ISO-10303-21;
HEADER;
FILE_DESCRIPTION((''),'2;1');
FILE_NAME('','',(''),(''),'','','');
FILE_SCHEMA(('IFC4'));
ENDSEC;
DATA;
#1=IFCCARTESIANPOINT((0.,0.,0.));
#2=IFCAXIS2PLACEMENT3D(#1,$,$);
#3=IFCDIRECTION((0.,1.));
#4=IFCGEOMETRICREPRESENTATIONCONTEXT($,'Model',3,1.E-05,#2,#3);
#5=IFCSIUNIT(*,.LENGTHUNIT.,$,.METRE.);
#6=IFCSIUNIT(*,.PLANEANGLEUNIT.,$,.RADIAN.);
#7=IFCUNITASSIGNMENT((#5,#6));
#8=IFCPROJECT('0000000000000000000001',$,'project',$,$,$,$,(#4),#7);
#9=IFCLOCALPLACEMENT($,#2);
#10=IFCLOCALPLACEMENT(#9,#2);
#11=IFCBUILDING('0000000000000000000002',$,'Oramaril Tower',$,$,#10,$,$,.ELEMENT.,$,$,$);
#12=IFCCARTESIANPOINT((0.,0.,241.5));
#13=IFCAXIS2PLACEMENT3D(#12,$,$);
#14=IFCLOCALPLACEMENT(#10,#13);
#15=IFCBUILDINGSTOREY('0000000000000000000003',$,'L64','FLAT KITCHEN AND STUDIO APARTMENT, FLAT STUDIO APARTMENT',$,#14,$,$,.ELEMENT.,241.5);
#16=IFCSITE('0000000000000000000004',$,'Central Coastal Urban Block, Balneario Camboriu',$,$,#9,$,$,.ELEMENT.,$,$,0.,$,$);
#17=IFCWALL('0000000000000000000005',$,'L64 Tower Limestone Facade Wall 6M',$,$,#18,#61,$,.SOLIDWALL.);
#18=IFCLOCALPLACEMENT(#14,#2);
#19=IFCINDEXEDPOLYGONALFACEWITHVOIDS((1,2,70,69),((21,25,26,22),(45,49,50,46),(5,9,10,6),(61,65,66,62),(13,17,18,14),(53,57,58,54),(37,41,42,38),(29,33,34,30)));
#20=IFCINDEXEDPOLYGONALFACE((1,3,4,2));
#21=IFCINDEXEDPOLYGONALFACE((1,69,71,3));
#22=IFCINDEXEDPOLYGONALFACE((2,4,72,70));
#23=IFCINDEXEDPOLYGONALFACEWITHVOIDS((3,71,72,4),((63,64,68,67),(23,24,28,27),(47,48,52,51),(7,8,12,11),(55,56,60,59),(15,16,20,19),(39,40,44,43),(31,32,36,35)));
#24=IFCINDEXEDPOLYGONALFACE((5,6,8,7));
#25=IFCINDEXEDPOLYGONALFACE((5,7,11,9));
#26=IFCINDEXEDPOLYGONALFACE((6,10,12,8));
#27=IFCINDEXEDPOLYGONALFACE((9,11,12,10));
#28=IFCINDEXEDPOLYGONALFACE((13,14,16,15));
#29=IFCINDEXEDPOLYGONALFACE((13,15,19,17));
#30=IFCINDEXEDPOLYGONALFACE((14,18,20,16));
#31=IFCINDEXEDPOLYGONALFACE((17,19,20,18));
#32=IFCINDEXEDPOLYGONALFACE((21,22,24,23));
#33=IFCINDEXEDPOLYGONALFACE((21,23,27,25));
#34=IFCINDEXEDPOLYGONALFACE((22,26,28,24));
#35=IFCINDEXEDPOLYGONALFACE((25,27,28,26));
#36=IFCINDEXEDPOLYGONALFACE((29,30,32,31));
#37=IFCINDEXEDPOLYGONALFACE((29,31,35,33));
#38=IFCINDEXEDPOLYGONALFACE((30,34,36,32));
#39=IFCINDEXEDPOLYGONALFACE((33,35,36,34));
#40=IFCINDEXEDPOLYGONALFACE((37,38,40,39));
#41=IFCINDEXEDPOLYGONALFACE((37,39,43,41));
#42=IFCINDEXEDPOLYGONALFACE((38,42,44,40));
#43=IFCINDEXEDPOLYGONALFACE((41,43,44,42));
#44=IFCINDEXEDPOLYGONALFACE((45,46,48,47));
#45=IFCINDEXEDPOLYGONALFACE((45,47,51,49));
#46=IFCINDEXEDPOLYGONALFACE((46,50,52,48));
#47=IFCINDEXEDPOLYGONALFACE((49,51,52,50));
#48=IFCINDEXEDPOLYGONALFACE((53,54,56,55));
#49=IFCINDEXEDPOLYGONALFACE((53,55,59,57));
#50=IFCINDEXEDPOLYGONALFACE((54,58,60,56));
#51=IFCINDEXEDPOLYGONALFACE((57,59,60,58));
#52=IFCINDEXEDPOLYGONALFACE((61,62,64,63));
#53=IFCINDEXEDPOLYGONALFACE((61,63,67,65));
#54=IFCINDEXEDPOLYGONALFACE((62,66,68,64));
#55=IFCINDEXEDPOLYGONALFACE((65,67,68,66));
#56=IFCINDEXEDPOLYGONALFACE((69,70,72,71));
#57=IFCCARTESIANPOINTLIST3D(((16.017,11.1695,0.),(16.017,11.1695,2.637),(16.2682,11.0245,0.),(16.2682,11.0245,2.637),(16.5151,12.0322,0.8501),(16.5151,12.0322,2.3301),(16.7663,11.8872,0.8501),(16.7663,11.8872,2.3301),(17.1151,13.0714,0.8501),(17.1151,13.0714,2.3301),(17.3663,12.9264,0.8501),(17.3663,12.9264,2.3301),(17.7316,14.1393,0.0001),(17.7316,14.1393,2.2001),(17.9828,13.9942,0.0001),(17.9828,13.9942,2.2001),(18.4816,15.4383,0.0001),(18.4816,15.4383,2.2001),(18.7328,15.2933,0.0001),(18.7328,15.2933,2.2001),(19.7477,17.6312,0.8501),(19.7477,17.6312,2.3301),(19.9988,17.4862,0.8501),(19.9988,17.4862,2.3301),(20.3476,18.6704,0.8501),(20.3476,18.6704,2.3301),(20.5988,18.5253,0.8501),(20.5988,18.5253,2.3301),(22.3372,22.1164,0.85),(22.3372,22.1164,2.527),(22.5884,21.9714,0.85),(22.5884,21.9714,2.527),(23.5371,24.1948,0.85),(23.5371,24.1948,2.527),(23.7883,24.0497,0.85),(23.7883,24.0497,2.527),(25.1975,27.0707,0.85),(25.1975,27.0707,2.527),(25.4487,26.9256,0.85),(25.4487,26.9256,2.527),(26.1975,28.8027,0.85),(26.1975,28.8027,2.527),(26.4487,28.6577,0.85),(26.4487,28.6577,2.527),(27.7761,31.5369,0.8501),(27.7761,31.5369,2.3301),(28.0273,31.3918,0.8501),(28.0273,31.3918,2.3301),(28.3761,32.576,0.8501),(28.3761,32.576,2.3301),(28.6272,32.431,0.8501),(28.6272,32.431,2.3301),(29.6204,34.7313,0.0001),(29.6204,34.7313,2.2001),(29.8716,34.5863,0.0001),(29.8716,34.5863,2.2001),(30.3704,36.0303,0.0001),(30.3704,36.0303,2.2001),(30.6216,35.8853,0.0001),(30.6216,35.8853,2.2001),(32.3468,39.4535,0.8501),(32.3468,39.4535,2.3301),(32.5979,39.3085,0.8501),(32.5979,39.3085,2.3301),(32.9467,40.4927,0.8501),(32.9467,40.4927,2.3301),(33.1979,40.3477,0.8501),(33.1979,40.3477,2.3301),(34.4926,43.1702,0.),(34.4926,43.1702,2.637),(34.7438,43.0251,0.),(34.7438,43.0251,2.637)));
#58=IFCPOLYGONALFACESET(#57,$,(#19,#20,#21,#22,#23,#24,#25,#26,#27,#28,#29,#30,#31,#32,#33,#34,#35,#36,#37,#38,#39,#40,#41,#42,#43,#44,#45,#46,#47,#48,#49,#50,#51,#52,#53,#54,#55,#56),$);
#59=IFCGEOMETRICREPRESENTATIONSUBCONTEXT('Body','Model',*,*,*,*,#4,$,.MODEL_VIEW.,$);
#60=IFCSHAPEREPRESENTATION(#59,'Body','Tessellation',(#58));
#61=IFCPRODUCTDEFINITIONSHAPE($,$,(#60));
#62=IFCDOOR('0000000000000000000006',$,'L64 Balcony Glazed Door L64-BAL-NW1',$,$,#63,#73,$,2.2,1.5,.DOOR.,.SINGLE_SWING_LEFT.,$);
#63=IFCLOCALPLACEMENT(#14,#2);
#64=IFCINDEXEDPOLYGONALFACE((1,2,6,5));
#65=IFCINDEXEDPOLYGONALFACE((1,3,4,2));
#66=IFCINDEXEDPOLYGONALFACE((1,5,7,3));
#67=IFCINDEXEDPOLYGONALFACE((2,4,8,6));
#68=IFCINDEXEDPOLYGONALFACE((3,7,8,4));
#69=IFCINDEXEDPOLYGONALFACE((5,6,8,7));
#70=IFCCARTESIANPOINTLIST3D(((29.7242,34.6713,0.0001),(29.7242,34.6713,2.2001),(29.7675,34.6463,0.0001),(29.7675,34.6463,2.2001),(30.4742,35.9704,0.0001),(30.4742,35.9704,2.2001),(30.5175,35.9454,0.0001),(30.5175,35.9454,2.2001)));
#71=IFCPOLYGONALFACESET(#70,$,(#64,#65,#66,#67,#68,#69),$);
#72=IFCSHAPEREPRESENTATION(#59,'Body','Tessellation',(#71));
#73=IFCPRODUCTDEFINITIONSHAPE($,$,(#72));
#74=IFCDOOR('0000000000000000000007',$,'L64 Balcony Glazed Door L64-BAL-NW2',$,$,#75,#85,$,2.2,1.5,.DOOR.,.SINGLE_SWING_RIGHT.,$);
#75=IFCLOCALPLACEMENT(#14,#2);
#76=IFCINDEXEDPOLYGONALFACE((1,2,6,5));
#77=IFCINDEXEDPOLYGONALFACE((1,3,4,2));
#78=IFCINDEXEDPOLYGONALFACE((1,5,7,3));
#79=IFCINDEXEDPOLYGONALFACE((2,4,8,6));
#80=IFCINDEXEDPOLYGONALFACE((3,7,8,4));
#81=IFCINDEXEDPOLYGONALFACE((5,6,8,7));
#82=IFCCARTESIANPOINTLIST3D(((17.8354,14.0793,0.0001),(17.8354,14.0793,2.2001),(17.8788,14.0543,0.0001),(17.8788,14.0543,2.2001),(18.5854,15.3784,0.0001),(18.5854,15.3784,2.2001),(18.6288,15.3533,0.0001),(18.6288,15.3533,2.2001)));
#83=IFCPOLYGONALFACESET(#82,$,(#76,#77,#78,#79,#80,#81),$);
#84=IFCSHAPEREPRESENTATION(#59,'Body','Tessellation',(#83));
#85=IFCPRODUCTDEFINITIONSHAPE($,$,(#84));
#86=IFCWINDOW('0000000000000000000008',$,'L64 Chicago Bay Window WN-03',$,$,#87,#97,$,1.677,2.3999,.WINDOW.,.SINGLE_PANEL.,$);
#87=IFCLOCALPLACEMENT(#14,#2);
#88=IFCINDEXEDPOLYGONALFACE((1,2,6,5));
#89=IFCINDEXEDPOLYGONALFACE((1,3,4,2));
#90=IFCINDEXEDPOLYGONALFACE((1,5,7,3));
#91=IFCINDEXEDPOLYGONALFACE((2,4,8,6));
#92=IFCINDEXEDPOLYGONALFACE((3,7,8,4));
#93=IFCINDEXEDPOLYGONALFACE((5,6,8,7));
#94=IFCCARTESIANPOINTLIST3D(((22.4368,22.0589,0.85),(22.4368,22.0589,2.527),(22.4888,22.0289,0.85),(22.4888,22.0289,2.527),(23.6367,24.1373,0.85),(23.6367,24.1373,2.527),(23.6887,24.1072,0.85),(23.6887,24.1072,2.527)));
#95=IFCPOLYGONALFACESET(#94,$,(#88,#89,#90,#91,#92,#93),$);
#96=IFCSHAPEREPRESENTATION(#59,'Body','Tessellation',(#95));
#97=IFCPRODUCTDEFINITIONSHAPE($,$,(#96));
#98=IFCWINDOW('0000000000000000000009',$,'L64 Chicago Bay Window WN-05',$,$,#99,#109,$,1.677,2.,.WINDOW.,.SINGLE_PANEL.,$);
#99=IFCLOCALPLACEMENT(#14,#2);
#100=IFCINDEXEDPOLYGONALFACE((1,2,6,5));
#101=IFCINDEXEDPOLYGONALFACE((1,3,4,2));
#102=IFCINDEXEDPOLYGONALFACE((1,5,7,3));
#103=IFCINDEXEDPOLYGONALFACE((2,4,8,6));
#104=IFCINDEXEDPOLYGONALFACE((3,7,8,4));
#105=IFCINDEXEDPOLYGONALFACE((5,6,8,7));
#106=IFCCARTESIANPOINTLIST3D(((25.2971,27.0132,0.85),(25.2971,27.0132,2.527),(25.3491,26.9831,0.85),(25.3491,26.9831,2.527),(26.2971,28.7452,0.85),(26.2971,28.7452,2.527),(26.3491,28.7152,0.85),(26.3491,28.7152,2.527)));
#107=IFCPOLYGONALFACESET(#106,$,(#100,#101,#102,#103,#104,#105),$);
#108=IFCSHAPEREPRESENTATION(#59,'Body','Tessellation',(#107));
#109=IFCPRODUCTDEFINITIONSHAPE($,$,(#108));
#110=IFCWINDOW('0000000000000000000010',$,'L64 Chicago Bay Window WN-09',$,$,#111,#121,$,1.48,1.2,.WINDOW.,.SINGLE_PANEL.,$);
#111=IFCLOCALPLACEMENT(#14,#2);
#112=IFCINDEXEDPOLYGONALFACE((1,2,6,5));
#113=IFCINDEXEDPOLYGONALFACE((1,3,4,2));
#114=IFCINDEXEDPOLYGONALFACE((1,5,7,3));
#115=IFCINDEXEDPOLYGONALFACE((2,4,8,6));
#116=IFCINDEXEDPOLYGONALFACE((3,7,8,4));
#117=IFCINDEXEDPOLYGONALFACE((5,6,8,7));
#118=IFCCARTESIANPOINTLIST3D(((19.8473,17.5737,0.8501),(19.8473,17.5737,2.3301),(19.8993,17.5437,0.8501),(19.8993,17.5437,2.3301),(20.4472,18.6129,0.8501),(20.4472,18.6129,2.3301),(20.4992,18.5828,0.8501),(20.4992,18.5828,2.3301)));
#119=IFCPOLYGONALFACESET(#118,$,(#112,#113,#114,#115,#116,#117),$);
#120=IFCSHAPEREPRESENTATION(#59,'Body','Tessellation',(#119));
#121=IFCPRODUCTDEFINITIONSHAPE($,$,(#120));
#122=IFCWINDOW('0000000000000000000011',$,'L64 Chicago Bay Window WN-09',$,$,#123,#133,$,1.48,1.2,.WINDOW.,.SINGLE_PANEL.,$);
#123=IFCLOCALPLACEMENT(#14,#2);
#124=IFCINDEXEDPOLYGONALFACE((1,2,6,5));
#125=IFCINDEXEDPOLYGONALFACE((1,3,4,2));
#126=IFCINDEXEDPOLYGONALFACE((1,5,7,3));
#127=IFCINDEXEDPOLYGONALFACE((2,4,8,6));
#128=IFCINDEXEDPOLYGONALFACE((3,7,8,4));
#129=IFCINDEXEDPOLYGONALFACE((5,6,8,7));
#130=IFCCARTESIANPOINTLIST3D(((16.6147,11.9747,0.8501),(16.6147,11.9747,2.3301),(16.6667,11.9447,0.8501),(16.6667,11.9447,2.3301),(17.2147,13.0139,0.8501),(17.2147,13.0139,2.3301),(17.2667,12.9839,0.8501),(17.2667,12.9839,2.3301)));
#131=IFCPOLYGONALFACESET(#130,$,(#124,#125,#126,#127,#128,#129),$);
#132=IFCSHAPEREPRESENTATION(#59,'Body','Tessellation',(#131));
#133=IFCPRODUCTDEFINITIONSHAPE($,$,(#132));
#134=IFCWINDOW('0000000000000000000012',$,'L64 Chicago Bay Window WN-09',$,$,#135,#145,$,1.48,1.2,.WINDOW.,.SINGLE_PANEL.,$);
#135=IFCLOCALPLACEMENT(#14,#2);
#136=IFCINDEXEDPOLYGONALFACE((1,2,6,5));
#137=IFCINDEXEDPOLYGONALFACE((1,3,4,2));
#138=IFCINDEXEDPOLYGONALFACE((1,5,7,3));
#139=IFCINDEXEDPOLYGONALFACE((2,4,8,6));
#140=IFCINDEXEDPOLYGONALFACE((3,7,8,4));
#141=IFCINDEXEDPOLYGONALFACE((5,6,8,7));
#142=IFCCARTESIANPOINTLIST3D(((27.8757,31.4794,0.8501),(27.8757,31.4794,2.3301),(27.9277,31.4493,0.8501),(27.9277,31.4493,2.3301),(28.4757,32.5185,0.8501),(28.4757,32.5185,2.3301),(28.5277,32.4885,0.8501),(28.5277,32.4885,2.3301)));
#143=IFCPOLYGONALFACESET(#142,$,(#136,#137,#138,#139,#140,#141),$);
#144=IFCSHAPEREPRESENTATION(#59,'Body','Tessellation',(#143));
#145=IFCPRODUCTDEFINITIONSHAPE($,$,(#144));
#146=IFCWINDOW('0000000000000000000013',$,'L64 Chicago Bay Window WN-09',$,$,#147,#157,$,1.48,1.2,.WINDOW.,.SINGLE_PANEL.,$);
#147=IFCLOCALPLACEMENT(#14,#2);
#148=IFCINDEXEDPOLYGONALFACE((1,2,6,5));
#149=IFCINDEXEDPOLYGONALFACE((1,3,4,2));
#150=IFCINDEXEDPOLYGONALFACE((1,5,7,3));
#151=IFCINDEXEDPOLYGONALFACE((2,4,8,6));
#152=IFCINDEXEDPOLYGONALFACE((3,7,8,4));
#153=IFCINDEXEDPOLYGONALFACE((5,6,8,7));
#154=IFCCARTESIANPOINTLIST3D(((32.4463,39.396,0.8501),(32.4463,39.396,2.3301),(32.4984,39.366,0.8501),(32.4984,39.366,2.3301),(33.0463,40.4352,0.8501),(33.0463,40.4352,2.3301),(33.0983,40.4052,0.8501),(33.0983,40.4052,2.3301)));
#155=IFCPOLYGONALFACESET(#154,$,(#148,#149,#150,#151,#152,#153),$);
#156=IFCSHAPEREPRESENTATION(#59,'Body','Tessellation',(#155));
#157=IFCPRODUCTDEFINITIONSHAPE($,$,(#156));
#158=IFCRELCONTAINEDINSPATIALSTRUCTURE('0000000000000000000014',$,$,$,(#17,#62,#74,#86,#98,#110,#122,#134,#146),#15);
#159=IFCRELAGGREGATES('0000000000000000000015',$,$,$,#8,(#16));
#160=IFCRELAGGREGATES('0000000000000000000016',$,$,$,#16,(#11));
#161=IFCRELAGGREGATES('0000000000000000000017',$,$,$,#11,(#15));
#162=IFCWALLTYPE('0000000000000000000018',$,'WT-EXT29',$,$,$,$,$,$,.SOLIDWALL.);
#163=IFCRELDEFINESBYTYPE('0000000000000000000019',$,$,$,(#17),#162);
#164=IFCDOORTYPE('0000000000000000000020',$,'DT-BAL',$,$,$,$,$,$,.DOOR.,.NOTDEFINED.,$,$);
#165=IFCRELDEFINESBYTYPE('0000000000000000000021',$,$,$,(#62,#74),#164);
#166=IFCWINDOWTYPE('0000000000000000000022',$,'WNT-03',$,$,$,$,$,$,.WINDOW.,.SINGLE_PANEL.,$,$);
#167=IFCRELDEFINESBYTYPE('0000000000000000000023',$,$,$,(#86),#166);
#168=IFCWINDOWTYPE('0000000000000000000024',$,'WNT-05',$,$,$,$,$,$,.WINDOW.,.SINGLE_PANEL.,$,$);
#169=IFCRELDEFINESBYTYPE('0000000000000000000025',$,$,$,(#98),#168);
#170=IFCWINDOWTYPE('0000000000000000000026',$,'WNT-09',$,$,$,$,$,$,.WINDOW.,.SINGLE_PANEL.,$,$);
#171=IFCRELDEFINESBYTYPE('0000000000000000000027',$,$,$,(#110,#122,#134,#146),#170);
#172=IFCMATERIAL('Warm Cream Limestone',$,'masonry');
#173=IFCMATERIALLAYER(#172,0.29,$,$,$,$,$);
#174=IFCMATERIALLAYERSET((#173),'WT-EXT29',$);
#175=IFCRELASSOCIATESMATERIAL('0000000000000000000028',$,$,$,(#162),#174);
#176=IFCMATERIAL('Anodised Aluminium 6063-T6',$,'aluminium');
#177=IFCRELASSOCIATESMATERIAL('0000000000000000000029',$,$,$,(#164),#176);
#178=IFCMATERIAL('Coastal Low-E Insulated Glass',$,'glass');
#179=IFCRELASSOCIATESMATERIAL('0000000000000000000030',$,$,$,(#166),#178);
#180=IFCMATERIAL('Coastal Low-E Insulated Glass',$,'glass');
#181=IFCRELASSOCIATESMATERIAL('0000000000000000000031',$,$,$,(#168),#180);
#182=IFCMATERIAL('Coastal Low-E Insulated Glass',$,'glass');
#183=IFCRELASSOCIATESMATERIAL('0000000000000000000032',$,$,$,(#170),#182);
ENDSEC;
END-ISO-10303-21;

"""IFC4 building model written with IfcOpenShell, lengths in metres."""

from ifc_helpers import new_model, si_unit, direction, frame, frame_2d, origin, place, context, subcontext, project, spatial, rectangle, extrude, material, layer, layer_set, type_object, element, fill, save


model = new_model("IFC4")

# Units and contexts
model_context = context("Model", 3, precision=1e-05, world=origin(), true_north=direction((0.0, 1.0)))
body_context = subcontext(model_context, "Body", "Model", "MODEL_VIEW")
ifc_project = project(units=[si_unit("LENGTHUNIT", "METRE"), si_unit("PLANEANGLEUNIT", "RADIAN")], contexts=[model_context])

# Site, building, storey
site_placement = place(None, origin())
site = spatial("IfcSite", under=ifc_project, at=site_placement, Name="Central Coastal Urban Block, Balneario Camboriu", CompositionType="ELEMENT", RefElevation=0.0)
building_placement = place(site_placement, origin())
building = spatial("IfcBuilding", under=site, at=building_placement, Name="Oramaril Tower", CompositionType="ELEMENT")
storey_placement = place(building_placement, frame((0.0, 0.0, 241.5)))
storey = spatial("IfcBuildingStorey", under=building, at=storey_placement, Name="L64", Description="FLAT KITCHEN AND STUDIO APARTMENT, FLAT STUDIO APARTMENT", CompositionType="ELEMENT", Elevation=241.5)

# Shared definitions
ifc_material_1 = material(Name="Warm Cream Limestone", Category="masonry")
ifc_layer_1 = layer(ifc_material_1, 0.29)
ifc_layer_set_1 = layer_set([ifc_layer_1], Name="WT-EXT29")
wall_type_1 = type_object("IfcWallType", Name="WT-EXT29", PredefinedType="SOLIDWALL", material=ifc_layer_set_1)

# Wall, openings, doors, windows
wall_1_placement = place(storey_placement, frame((34.6182, 43.0977, 0.0), z_axis=(0.0, 0.0, 1.0), x_axis=(-0.499999, -0.866026, 0.0)))
wall_1 = element("IfcWall", 1, at=wall_1_placement, inside=storey, type_object=wall_type_1, Name="L64 Tower Limestone Facade Wall 6M", PredefinedType="SOLIDWALL", context=body_context, shape_type="SweptSolid", body=[
    extrude(rectangle(XDim=36.9512, YDim=0.29, at=frame_2d((18.4756, 0.0))), origin(), (0.0, 0.0, 1.0), 2.637),
])
opening_1_placement = place(wall_1_placement, frame((8.2444, 0.0, 0.0)))
opening_1 = element("IfcOpeningElement", 2, at=opening_1_placement, cuts=wall_1, PredefinedType="OPENING", context=body_context, shape_type="SweptSolid", body=[
    extrude(rectangle(XDim=1.5, YDim=2.2, at=frame_2d((0.75, 1.1001))), frame((0.0, 0.145, 0.0), z_axis=(0.0, -1.0, 0.0), x_axis=(1.0, 0.0, 0.0)), (0.0, 0.0, 1.0), 0.29),
])
opening_2_placement = place(wall_1_placement, frame((32.022, 0.0, 0.0)))
opening_2 = element("IfcOpeningElement", 3, at=opening_2_placement, cuts=wall_1, PredefinedType="OPENING", context=body_context, shape_type="SweptSolid", body=[
    extrude(rectangle(XDim=1.5, YDim=2.2, at=frame_2d((0.75, 1.1001))), frame((0.0, 0.145, 0.0), z_axis=(0.0, -1.0, 0.0), x_axis=(1.0, 0.0, 0.0)), (0.0, 0.0, 1.0), 0.29),
])
opening_3_placement = place(wall_1_placement, frame((21.9109, 0.0, 0.8501)))
opening_3 = element("IfcOpeningElement", 4, at=opening_3_placement, cuts=wall_1, PredefinedType="OPENING", context=body_context, shape_type="SweptSolid", body=[
    extrude(rectangle(XDim=2.3999, YDim=1.677, at=frame_2d((1.2, 0.8384))), frame((0.0, 0.145, 0.0), z_axis=(0.0, -1.0, 0.0), x_axis=(1.0, 0.0, 0.0)), (0.0, 0.0, 1.0), 0.29),
])
opening_4_placement = place(wall_1_placement, frame((28.2898, 0.0, 0.8501)))
opening_4 = element("IfcOpeningElement", 5, at=opening_4_placement, cuts=wall_1, PredefinedType="OPENING", context=body_context, shape_type="SweptSolid", body=[
    extrude(rectangle(XDim=1.2, YDim=1.48, at=frame_2d((0.6001, 0.74))), frame((0.0, 0.145, 0.0), z_axis=(0.0, -1.0, 0.0), x_axis=(1.0, 0.0, 0.0)), (0.0, 0.0, 1.0), 0.29),
])
opening_5_placement = place(wall_1_placement, frame((34.7549, 0.0, 0.8501)))
opening_5 = element("IfcOpeningElement", 6, at=opening_5_placement, cuts=wall_1, PredefinedType="OPENING", context=body_context, shape_type="SweptSolid", body=[
    extrude(rectangle(XDim=1.2, YDim=1.48, at=frame_2d((0.6001, 0.74))), frame((0.0, 0.145, 0.0), z_axis=(0.0, -1.0, 0.0), x_axis=(1.0, 0.0, 0.0)), (0.0, 0.0, 1.0), 0.29),
])
opening_6_placement = place(wall_1_placement, frame((12.2329, 0.0, 0.8501)))
opening_6 = element("IfcOpeningElement", 7, at=opening_6_placement, cuts=wall_1, PredefinedType="OPENING", context=body_context, shape_type="SweptSolid", body=[
    extrude(rectangle(XDim=1.2, YDim=1.48, at=frame_2d((0.6001, 0.74))), frame((0.0, 0.145, 0.0), z_axis=(0.0, -1.0, 0.0), x_axis=(1.0, 0.0, 0.0)), (0.0, 0.0, 1.0), 0.29),
])
opening_7_placement = place(wall_1_placement, frame((16.5901, 0.0, 0.8501)))
opening_7 = element("IfcOpeningElement", 8, at=opening_7_placement, cuts=wall_1, PredefinedType="OPENING", context=body_context, shape_type="SweptSolid", body=[
    extrude(rectangle(XDim=2.0, YDim=1.677, at=frame_2d((1.0, 0.8384))), frame((0.0, 0.145, 0.0), z_axis=(0.0, -1.0, 0.0), x_axis=(1.0, 0.0, 0.0)), (0.0, 0.0, 1.0), 0.29),
])
opening_8_placement = place(wall_1_placement, frame((3.0916, 0.0, 0.8501)))
opening_8 = element("IfcOpeningElement", 9, at=opening_8_placement, cuts=wall_1, PredefinedType="OPENING", context=body_context, shape_type="SweptSolid", body=[
    extrude(rectangle(XDim=1.2, YDim=1.48, at=frame_2d((0.6001, 0.74))), frame((0.0, 0.145, 0.0), z_axis=(0.0, -1.0, 0.0), x_axis=(1.0, 0.0, 0.0)), (0.0, 0.0, 1.0), 0.29),
])
ifc_material_2 = material(Name="Anodised Aluminium 6063-T6", Category="aluminium")
door_type = type_object("IfcDoorType", Name="DT-BAL", OperationType="NOTDEFINED", PredefinedType="DOOR", material=ifc_material_2)
door_1_placement = place(opening_1_placement, origin())
door_1 = element("IfcDoor", 10, at=door_1_placement, inside=storey, type_object=door_type, Name="L64 Balcony Glazed Door L64-BAL-NW1", OperationType="SINGLE_SWING_LEFT", OverallHeight=2.2, OverallWidth=1.5, PredefinedType="DOOR", context=body_context, shape_type="SweptSolid", body=[
    extrude(rectangle(XDim=1.5, YDim=2.2, at=frame_2d((0.75, 1.1001))), frame((0.0, 0.0249, 0.0), z_axis=(0.0, -1.0, 0.0), x_axis=(1.0, 0.0, 0.0)), (0.0, 0.0, 1.0), 0.05),
])
fill(opening_1, door_1)
door_2_placement = place(opening_2_placement, origin())
door_2 = element("IfcDoor", 11, at=door_2_placement, inside=storey, type_object=door_type, Name="L64 Balcony Glazed Door L64-BAL-NW2", OperationType="SINGLE_SWING_RIGHT", OverallHeight=2.2, OverallWidth=1.5, PredefinedType="DOOR", context=body_context, shape_type="SweptSolid", body=[
    extrude(rectangle(XDim=1.5, YDim=2.2, at=frame_2d((0.75, 1.1001))), frame((0.0, 0.0249, 0.0), z_axis=(0.0, -1.0, 0.0), x_axis=(1.0, 0.0, 0.0)), (0.0, 0.0, 1.0), 0.05),
])
fill(opening_2, door_2)
ifc_material_3 = material(Name="Coastal Low-E Insulated Glass", Category="glass")
window_type_1 = type_object("IfcWindowType", Name="WNT-03", PartitioningType="SINGLE_PANEL", PredefinedType="WINDOW", material=ifc_material_3)
window_1_placement = place(opening_3_placement, origin())
window_1 = element("IfcWindow", 12, at=window_1_placement, inside=storey, type_object=window_type_1, Name="L64 Chicago Bay Window WN-03", OverallHeight=1.677, OverallWidth=2.3999, PartitioningType="SINGLE_PANEL", PredefinedType="WINDOW", context=body_context, shape_type="SweptSolid", body=[
    extrude(rectangle(XDim=2.3999, YDim=1.677, at=frame_2d((1.2, 0.8384))), frame((0.0, 0.03, 0.0), z_axis=(0.0, -1.0, 0.0), x_axis=(1.0, 0.0, 0.0)), (0.0, 0.0, 1.0), 0.0601),
])
fill(opening_3, window_1)
ifc_material_4 = material(Name="Coastal Low-E Insulated Glass", Category="glass")
window_type_2 = type_object("IfcWindowType", Name="WNT-05", PartitioningType="SINGLE_PANEL", PredefinedType="WINDOW", material=ifc_material_4)
window_2_placement = place(opening_7_placement, origin())
window_2 = element("IfcWindow", 13, at=window_2_placement, inside=storey, type_object=window_type_2, Name="L64 Chicago Bay Window WN-05", OverallHeight=1.677, OverallWidth=2.0, PartitioningType="SINGLE_PANEL", PredefinedType="WINDOW", context=body_context, shape_type="SweptSolid", body=[
    extrude(rectangle(XDim=2.0, YDim=1.677, at=frame_2d((1.0, 0.8384))), frame((0.0, 0.03, 0.0), z_axis=(0.0, -1.0, 0.0), x_axis=(1.0, 0.0, 0.0)), (0.0, 0.0, 1.0), 0.0601),
])
fill(opening_7, window_2)
ifc_material_5 = material(Name="Coastal Low-E Insulated Glass", Category="glass")
window_type_3 = type_object("IfcWindowType", Name="WNT-09", PartitioningType="SINGLE_PANEL", PredefinedType="WINDOW", material=ifc_material_5)
window_3_placement = place(opening_4_placement, origin())
window_3 = element("IfcWindow", 14, at=window_3_placement, inside=storey, type_object=window_type_3, Name="L64 Chicago Bay Window WN-09", OverallHeight=1.48, OverallWidth=1.2, PartitioningType="SINGLE_PANEL", PredefinedType="WINDOW", context=body_context, shape_type="SweptSolid", body=[
    extrude(rectangle(XDim=1.2, YDim=1.48, at=frame_2d((0.6001, 0.74))), frame((0.0, 0.03, 0.0), z_axis=(0.0, -1.0, 0.0), x_axis=(1.0, 0.0, 0.0)), (0.0, 0.0, 1.0), 0.0601),
])
fill(opening_4, window_3)
window_4_placement = place(opening_5_placement, origin())
window_4 = element("IfcWindow", 15, at=window_4_placement, inside=storey, type_object=window_type_3, Name="L64 Chicago Bay Window WN-09", OverallHeight=1.48, OverallWidth=1.2, PartitioningType="SINGLE_PANEL", PredefinedType="WINDOW", context=body_context, shape_type="SweptSolid", body=[
    extrude(rectangle(XDim=1.2, YDim=1.48, at=frame_2d((0.6001, 0.74))), frame((0.0, 0.03, 0.0), z_axis=(0.0, -1.0, 0.0), x_axis=(1.0, 0.0, 0.0)), (0.0, 0.0, 1.0), 0.0601),
])
fill(opening_5, window_4)
window_5_placement = place(opening_6_placement, origin())
window_5 = element("IfcWindow", 16, at=window_5_placement, inside=storey, type_object=window_type_3, Name="L64 Chicago Bay Window WN-09", OverallHeight=1.48, OverallWidth=1.2, PartitioningType="SINGLE_PANEL", PredefinedType="WINDOW", context=body_context, shape_type="SweptSolid", body=[
    extrude(rectangle(XDim=1.2, YDim=1.48, at=frame_2d((0.6001, 0.74))), frame((0.0, 0.03, 0.0), z_axis=(0.0, -1.0, 0.0), x_axis=(1.0, 0.0, 0.0)), (0.0, 0.0, 1.0), 0.0601),
])
fill(opening_6, window_5)
window_6_placement = place(opening_8_placement, origin())
window_6 = element("IfcWindow", 17, at=window_6_placement, inside=storey, type_object=window_type_3, Name="L64 Chicago Bay Window WN-09", OverallHeight=1.48, OverallWidth=1.2, PartitioningType="SINGLE_PANEL", PredefinedType="WINDOW", context=body_context, shape_type="SweptSolid", body=[
    extrude(rectangle(XDim=1.2, YDim=1.48, at=frame_2d((0.6001, 0.74))), frame((0.0, 0.03, 0.0), z_axis=(0.0, -1.0, 0.0), x_axis=(1.0, 0.0, 0.0)), (0.0, 0.0, 1.0), 0.0601),
])
fill(opening_8, window_6)

save(model, "model.ifc")
